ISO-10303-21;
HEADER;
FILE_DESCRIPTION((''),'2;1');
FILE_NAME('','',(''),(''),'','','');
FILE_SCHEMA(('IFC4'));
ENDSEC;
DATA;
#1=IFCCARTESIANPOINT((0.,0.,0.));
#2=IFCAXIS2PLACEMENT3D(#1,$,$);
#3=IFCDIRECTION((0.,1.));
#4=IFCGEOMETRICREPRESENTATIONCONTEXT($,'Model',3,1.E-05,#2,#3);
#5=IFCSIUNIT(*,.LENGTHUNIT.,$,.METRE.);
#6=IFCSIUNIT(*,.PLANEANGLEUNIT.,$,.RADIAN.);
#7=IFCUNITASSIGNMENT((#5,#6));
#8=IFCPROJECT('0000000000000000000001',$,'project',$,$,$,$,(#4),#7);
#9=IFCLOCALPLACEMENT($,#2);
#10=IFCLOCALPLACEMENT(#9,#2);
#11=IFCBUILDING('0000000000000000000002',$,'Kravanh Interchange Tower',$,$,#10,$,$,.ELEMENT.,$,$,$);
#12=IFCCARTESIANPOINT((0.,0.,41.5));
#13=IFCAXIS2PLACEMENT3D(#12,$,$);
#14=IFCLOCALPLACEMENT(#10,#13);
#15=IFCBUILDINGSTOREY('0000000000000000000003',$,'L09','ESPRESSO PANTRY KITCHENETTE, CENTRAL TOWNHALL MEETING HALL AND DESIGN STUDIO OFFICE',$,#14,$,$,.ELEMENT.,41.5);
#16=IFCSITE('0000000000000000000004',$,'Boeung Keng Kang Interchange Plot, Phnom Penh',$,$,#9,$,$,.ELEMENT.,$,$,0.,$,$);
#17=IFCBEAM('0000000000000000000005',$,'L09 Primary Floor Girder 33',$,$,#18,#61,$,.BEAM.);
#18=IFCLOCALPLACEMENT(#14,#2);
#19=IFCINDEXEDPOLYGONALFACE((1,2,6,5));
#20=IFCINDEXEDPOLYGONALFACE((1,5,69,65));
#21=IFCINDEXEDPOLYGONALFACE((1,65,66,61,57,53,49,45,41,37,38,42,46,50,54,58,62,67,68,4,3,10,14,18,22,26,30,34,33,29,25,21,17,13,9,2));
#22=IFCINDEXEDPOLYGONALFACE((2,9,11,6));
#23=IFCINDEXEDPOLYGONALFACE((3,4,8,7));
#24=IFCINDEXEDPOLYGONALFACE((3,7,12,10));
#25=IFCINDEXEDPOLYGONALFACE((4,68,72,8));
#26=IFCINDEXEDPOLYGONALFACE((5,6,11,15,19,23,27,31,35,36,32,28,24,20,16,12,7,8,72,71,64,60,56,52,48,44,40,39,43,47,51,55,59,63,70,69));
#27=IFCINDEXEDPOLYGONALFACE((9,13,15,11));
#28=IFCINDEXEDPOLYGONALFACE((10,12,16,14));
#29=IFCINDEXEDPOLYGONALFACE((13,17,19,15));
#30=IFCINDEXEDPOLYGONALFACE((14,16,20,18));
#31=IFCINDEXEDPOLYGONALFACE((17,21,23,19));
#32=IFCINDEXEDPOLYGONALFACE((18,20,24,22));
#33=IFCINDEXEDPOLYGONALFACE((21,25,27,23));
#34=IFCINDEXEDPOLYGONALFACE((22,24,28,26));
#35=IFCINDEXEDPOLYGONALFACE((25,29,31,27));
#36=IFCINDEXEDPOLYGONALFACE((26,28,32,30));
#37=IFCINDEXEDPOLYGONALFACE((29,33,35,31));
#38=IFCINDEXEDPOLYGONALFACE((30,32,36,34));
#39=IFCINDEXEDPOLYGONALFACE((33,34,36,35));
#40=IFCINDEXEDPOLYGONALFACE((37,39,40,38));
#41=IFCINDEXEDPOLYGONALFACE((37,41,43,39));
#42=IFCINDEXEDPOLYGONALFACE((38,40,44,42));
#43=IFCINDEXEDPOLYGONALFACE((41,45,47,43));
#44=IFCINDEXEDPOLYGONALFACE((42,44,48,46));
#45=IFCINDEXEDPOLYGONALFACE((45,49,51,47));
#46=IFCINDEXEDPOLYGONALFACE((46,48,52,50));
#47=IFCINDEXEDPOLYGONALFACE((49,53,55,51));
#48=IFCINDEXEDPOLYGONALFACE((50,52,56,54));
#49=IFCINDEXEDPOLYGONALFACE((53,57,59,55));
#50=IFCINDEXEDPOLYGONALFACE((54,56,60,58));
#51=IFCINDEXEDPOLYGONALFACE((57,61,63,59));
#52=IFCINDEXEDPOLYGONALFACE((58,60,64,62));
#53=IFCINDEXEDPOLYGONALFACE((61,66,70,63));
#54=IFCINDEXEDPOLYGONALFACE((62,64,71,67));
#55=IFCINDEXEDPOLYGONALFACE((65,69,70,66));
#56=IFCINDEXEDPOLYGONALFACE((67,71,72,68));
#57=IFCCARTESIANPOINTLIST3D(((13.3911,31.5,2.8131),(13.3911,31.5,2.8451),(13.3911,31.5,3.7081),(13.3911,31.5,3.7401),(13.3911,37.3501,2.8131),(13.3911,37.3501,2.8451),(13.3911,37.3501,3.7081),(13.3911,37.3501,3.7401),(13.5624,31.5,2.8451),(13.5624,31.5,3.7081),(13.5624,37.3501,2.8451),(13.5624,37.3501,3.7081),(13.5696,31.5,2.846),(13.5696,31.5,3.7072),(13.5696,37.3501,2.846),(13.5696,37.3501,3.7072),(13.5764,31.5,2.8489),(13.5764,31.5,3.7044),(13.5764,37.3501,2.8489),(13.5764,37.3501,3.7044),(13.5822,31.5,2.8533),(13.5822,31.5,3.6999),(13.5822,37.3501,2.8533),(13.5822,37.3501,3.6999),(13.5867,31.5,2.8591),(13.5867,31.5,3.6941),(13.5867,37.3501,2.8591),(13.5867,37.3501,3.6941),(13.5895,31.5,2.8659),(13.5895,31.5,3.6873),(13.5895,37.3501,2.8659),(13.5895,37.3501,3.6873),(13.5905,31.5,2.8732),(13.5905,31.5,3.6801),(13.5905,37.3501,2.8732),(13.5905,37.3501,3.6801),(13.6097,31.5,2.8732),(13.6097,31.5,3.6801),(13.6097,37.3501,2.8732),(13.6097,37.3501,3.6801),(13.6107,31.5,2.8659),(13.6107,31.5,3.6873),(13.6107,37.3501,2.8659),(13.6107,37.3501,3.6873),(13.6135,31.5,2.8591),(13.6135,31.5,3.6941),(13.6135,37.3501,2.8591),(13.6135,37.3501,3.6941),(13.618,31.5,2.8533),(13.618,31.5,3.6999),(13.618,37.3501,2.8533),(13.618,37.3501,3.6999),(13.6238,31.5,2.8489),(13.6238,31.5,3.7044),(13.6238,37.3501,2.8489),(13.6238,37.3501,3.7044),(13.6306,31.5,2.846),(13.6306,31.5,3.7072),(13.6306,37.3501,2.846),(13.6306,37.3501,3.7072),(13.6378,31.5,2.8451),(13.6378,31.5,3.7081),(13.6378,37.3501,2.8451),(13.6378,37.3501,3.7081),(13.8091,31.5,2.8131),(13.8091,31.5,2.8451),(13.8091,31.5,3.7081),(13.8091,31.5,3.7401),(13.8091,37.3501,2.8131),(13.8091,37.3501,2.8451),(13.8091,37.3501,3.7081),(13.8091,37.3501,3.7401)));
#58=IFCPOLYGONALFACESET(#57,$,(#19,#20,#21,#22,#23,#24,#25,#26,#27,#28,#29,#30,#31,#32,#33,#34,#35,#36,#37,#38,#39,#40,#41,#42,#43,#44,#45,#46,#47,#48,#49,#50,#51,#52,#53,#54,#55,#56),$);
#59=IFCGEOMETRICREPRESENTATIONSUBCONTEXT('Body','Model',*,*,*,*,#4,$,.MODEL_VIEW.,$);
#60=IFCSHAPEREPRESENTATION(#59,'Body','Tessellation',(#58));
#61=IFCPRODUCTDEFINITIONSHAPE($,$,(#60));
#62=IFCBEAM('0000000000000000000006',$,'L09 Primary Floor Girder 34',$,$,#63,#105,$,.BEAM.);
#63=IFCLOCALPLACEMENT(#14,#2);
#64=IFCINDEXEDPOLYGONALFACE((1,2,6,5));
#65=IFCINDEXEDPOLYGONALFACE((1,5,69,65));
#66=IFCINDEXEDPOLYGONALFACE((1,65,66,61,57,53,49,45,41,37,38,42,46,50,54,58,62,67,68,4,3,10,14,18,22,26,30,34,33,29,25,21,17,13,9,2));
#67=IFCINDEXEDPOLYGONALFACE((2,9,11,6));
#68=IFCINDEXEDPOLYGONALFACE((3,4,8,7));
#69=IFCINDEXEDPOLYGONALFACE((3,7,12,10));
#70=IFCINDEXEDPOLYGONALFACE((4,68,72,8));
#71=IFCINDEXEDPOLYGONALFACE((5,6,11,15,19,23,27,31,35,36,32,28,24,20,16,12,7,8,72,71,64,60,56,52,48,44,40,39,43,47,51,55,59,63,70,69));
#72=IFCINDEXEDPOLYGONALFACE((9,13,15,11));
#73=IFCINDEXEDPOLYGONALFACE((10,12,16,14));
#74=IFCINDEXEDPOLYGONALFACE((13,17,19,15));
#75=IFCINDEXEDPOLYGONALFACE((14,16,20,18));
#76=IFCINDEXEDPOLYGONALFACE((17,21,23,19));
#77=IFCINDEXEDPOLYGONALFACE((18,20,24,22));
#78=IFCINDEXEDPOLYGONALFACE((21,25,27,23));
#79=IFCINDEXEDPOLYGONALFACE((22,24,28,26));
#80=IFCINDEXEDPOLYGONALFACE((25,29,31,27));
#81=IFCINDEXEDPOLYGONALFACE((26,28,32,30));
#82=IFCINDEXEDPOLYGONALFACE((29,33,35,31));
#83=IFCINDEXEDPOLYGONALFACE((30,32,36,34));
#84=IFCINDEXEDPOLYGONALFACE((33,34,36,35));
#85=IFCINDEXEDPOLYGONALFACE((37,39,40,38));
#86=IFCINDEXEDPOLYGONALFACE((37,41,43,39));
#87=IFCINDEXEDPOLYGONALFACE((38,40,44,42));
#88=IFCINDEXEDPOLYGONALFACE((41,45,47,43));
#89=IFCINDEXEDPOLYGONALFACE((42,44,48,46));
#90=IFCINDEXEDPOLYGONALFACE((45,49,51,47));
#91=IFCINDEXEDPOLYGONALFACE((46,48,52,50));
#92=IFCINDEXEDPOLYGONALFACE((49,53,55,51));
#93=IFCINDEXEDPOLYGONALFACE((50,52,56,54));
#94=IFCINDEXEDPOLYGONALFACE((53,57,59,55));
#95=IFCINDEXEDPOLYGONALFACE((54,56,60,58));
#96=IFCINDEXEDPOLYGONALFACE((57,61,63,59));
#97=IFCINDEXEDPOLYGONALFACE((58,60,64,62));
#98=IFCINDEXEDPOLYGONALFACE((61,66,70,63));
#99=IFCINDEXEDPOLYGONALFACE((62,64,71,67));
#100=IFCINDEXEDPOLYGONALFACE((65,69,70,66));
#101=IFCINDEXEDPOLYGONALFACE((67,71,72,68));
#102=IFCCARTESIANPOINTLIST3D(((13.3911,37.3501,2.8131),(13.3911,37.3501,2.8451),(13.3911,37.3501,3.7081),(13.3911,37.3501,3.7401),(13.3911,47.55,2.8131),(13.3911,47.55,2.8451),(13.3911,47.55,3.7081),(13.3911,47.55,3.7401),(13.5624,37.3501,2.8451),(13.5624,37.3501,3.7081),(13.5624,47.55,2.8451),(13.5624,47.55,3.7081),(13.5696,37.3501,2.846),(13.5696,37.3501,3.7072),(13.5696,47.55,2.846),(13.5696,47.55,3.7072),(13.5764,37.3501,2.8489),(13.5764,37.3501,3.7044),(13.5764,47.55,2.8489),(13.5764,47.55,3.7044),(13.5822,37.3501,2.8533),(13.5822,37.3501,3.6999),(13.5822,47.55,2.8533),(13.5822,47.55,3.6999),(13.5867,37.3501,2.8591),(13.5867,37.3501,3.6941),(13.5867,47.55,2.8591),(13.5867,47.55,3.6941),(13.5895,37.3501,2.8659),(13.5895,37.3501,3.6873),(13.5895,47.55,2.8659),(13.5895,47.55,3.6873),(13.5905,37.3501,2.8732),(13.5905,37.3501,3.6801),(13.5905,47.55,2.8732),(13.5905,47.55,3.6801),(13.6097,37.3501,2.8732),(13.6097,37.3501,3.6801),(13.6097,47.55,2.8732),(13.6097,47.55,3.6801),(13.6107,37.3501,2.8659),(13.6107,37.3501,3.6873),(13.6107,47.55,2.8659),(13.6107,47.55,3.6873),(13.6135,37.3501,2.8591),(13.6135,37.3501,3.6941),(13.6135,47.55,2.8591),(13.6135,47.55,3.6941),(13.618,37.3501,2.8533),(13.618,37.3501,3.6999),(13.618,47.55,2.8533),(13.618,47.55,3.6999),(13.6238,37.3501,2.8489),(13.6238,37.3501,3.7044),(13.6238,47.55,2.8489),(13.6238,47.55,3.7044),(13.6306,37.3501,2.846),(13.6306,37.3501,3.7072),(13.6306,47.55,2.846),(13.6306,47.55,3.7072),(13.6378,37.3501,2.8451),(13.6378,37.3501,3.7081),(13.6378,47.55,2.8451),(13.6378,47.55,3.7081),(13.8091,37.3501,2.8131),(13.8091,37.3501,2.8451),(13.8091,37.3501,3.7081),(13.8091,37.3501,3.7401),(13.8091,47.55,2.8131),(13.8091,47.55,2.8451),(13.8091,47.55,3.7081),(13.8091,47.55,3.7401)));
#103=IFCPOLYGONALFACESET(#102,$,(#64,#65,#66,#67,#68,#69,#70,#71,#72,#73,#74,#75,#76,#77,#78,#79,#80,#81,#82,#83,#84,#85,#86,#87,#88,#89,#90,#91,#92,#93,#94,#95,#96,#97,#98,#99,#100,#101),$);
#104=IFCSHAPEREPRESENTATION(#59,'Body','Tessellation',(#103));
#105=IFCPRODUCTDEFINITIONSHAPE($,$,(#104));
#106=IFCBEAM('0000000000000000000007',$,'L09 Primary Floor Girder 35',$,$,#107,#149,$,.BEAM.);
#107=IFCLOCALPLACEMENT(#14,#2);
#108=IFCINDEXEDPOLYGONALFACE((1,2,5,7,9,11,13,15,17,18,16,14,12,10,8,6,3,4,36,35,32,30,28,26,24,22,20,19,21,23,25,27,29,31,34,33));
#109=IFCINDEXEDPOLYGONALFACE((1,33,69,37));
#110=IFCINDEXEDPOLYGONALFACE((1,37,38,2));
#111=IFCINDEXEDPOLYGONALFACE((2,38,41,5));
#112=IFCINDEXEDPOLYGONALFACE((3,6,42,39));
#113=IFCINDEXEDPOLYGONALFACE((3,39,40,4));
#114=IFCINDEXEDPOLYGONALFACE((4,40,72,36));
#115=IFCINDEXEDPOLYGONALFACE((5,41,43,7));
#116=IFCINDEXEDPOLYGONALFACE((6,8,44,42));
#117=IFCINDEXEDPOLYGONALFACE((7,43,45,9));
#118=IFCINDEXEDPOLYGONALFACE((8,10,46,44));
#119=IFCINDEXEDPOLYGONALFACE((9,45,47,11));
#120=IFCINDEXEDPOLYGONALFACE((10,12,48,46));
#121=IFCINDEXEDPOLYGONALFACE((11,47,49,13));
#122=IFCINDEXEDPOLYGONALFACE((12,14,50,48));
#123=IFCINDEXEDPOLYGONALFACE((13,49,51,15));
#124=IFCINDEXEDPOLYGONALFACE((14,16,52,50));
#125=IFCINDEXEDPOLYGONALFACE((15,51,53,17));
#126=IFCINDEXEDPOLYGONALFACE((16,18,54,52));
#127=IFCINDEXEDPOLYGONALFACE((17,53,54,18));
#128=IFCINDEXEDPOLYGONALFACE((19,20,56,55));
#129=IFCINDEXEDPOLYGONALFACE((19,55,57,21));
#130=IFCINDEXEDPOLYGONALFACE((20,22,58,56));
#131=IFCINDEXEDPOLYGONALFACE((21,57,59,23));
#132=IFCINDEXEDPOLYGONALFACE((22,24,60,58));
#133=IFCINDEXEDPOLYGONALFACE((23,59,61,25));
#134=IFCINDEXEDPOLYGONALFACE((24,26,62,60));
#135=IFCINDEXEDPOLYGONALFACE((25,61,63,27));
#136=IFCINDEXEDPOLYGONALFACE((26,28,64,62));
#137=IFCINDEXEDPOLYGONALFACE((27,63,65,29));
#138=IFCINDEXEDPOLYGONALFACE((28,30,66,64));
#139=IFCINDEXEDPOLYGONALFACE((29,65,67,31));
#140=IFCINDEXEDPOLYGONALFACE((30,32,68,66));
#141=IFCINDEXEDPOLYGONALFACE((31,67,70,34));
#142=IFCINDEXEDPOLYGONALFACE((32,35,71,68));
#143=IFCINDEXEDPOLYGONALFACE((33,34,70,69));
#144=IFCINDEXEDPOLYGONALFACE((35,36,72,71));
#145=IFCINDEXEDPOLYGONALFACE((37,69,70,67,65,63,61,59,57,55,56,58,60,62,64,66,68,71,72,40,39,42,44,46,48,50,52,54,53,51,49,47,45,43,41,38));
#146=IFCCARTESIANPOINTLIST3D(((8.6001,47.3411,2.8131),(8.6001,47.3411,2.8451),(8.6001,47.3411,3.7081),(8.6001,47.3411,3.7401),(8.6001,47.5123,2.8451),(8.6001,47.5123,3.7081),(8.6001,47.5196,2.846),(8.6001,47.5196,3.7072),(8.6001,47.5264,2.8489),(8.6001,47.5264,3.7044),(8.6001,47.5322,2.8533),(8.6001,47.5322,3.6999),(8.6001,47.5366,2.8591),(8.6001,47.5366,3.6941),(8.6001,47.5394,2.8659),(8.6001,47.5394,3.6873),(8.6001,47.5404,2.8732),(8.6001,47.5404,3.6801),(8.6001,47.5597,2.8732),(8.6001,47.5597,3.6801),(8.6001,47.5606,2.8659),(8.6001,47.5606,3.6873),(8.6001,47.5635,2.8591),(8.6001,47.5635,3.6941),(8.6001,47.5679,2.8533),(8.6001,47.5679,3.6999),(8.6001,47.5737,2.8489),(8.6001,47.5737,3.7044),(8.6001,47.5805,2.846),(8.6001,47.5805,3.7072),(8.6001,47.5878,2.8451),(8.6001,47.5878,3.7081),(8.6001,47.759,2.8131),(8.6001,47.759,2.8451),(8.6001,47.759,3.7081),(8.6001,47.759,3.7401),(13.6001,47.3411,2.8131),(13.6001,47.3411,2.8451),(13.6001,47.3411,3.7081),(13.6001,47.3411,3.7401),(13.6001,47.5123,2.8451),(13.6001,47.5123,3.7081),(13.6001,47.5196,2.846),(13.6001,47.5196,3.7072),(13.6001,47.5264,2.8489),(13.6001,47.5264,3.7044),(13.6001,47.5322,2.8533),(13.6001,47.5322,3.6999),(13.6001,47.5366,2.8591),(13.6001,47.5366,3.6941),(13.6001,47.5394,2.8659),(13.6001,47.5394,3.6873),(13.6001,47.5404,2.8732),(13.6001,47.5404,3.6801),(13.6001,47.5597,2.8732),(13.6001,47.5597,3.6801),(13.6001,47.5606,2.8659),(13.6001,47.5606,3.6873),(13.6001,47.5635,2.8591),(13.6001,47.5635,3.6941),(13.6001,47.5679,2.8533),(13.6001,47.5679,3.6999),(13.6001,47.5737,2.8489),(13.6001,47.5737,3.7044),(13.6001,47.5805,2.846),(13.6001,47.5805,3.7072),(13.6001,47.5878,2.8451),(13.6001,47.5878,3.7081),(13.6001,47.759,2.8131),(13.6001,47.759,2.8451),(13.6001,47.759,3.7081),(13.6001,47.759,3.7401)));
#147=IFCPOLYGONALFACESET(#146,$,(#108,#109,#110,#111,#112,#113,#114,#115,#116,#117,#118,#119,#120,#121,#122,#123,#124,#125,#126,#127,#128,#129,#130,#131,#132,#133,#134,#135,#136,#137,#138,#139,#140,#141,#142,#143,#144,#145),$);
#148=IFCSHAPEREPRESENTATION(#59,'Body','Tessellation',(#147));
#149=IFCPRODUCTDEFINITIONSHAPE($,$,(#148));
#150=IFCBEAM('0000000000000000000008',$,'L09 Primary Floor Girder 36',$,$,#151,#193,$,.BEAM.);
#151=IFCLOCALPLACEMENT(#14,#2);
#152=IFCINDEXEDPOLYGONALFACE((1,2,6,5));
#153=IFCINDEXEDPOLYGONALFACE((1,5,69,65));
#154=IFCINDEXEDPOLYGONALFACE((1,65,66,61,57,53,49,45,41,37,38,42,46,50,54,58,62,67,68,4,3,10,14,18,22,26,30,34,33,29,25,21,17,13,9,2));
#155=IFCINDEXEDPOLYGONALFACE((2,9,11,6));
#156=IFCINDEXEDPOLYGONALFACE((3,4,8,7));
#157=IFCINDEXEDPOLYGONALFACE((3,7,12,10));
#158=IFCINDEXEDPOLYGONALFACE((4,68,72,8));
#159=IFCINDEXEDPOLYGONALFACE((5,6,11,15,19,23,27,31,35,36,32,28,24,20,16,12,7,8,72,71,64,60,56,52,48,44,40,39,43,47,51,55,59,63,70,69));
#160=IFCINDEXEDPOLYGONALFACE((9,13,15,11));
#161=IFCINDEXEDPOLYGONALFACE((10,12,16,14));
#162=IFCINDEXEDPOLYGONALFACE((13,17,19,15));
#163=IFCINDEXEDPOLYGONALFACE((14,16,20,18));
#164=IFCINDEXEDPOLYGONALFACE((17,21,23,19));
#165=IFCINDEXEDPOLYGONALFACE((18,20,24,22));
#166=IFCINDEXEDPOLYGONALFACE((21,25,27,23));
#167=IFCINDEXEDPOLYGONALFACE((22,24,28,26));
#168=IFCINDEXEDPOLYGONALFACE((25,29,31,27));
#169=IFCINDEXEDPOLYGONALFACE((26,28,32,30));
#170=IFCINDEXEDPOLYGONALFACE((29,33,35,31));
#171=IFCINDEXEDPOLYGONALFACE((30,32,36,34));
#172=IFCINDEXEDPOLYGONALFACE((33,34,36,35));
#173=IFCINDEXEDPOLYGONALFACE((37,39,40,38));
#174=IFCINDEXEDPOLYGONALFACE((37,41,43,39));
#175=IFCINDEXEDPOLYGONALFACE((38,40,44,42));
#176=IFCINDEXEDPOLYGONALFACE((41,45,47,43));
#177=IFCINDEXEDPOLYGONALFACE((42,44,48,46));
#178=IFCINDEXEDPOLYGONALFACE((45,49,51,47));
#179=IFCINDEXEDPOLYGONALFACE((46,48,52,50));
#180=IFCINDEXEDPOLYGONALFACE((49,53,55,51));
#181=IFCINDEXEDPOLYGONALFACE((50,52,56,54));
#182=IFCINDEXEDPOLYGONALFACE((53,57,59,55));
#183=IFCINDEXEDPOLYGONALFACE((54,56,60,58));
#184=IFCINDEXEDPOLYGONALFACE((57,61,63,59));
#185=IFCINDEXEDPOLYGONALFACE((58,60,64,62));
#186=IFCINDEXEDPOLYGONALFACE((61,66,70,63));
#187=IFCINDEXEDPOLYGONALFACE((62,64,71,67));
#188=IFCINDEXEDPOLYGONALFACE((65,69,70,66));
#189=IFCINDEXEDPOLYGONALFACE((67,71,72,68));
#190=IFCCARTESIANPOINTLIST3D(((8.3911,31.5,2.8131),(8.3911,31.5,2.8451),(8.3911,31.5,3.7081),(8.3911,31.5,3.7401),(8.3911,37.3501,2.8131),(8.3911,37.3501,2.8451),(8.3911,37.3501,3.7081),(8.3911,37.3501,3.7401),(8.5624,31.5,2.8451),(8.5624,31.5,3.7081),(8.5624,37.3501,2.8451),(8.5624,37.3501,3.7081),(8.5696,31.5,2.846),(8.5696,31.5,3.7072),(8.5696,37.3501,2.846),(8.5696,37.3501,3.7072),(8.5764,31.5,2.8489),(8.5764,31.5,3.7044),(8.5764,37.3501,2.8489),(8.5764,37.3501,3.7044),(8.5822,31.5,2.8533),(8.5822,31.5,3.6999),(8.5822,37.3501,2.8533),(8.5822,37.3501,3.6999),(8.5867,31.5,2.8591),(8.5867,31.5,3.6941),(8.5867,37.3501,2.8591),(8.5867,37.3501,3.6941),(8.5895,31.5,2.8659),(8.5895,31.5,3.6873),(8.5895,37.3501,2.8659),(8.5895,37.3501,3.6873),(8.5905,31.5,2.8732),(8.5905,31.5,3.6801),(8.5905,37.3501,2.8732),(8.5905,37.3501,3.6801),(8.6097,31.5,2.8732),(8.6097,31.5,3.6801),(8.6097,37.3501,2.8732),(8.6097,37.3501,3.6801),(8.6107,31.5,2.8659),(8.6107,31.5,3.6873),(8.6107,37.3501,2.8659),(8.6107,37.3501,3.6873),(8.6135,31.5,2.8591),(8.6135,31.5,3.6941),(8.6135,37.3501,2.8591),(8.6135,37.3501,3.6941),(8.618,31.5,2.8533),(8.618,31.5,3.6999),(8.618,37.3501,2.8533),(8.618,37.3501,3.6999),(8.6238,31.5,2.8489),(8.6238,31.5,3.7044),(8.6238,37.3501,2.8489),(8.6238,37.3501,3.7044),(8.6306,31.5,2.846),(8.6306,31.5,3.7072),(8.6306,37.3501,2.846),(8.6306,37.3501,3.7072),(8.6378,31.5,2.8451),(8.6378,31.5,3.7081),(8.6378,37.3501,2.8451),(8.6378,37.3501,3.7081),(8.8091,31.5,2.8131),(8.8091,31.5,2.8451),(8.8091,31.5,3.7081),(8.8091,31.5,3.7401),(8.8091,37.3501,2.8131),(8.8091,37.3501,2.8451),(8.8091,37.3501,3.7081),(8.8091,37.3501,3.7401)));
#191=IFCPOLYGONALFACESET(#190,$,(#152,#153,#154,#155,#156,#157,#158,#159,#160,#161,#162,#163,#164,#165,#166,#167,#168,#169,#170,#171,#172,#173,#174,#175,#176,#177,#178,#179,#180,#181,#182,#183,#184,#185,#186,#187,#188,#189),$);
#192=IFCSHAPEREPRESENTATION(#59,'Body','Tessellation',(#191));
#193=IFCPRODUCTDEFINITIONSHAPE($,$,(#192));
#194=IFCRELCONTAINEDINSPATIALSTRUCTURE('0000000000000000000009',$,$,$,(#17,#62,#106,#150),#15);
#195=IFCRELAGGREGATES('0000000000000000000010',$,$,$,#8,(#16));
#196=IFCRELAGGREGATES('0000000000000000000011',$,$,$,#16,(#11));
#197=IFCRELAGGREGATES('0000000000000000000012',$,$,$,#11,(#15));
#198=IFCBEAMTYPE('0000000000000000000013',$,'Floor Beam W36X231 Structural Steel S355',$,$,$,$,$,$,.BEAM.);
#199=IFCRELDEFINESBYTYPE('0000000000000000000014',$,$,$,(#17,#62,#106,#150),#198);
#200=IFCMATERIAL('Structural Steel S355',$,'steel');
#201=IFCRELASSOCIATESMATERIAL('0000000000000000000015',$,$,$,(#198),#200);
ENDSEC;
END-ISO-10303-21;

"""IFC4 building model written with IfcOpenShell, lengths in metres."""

from ifc_helpers import new_model, si_unit, direction, frame, origin, origin_2d, place, context, subcontext, project, spatial, i_section, extrude, material, material_profile, profile_set, type_object, element, save


model = new_model("IFC4")

# Units and contexts
model_context = context("Model", 3, precision=1e-05, world=origin(), true_north=direction((0.0, 1.0)))
body_context = subcontext(model_context, "Body", "Model", "MODEL_VIEW")
ifc_project = project(units=[si_unit("LENGTHUNIT", "METRE"), si_unit("PLANEANGLEUNIT", "RADIAN")], contexts=[model_context])

# Site, building, storey
site_placement = place(None, origin())
site = spatial("IfcSite", under=ifc_project, at=site_placement, Name="Boeung Keng Kang Interchange Plot, Phnom Penh", CompositionType="ELEMENT", RefElevation=0.0)
building_placement = place(site_placement, origin())
building = spatial("IfcBuilding", under=site, at=building_placement, Name="Kravanh Interchange Tower", CompositionType="ELEMENT")
storey_placement = place(building_placement, frame((0.0, 0.0, 41.5)))
storey = spatial("IfcBuildingStorey", under=building, at=storey_placement, Name="L09", Description="ESPRESSO PANTRY KITCHENETTE, CENTRAL TOWNHALL MEETING HALL AND DESIGN STUDIO OFFICE", CompositionType="ELEMENT", Elevation=41.5)

# Beams
ifc_material_1 = material(Name="Structural Steel S355", Category="steel")
ifc_material_profile_1 = material_profile(ifc_material_1, i_section(OverallWidth=0.418, OverallDepth=0.927, WebThickness=0.0193, FlangeThickness=0.032, FilletRadius=0.0281, at=origin_2d()), Name="W36X231")
ifc_profile_set_1 = profile_set([ifc_material_profile_1], Name="Structural Steel S355")
beam_type = type_object("IfcBeamType", Name="Floor Beam W36X231 Structural Steel S355", PredefinedType="BEAM", material=ifc_profile_set_1)
beam_1_placement = place(storey_placement, frame((13.6001, 37.3501, 3.2766), z_axis=(0.0, -1.0, 0.0), x_axis=(1.0, 0.0, 0.0)))
element("IfcBeam", 1, at=beam_1_placement, inside=storey, type_object=beam_type, Name="L09 Primary Floor Girder 33", PredefinedType="BEAM", context=body_context, shape_type="SweptSolid", body=[
    extrude(i_section(OverallWidth=0.418, OverallDepth=0.927, WebThickness=0.0193, FlangeThickness=0.032, FilletRadius=0.0281, at=origin_2d()), origin(), (0.0, 0.0, 1.0), 5.8501),
])
beam_2_placement = place(storey_placement, frame((13.6001, 37.3501, 3.2766), z_axis=(0.0, 1.0, 0.0), x_axis=(-1.0, 0.0, 0.0)))
element("IfcBeam", 2, at=beam_2_placement, inside=storey, type_object=beam_type, Name="L09 Primary Floor Girder 34", PredefinedType="BEAM", context=body_context, shape_type="SweptSolid", body=[
    extrude(i_section(OverallWidth=0.418, OverallDepth=0.927, WebThickness=0.0193, FlangeThickness=0.032, FilletRadius=0.0281, at=origin_2d()), origin(), (0.0, 0.0, 1.0), 10.2),
])
beam_3_placement = place(storey_placement, frame((13.6001, 47.55, 3.2766), z_axis=(-1.0, 0.0, 0.0), x_axis=(0.0, -1.0, 0.0)))
element("IfcBeam", 3, at=beam_3_placement, inside=storey, type_object=beam_type, Name="L09 Primary Floor Girder 35", PredefinedType="BEAM", context=body_context, shape_type="SweptSolid", body=[
    extrude(i_section(OverallWidth=0.418, OverallDepth=0.927, WebThickness=0.0193, FlangeThickness=0.032, FilletRadius=0.0281, at=origin_2d()), origin(), (0.0, 0.0, 1.0), 5.0),
])
beam_4_placement = place(storey_placement, frame((8.6001, 37.3501, 3.2766), z_axis=(0.0, -1.0, 0.0), x_axis=(1.0, 0.0, 0.0)))
element("IfcBeam", 4, at=beam_4_placement, inside=storey, type_object=beam_type, Name="L09 Primary Floor Girder 36", PredefinedType="BEAM", context=body_context, shape_type="SweptSolid", body=[
    extrude(i_section(OverallWidth=0.418, OverallDepth=0.927, WebThickness=0.0193, FlangeThickness=0.032, FilletRadius=0.0281, at=origin_2d()), origin(), (0.0, 0.0, 1.0), 5.8501),
])

save(model, "model.ifc")
